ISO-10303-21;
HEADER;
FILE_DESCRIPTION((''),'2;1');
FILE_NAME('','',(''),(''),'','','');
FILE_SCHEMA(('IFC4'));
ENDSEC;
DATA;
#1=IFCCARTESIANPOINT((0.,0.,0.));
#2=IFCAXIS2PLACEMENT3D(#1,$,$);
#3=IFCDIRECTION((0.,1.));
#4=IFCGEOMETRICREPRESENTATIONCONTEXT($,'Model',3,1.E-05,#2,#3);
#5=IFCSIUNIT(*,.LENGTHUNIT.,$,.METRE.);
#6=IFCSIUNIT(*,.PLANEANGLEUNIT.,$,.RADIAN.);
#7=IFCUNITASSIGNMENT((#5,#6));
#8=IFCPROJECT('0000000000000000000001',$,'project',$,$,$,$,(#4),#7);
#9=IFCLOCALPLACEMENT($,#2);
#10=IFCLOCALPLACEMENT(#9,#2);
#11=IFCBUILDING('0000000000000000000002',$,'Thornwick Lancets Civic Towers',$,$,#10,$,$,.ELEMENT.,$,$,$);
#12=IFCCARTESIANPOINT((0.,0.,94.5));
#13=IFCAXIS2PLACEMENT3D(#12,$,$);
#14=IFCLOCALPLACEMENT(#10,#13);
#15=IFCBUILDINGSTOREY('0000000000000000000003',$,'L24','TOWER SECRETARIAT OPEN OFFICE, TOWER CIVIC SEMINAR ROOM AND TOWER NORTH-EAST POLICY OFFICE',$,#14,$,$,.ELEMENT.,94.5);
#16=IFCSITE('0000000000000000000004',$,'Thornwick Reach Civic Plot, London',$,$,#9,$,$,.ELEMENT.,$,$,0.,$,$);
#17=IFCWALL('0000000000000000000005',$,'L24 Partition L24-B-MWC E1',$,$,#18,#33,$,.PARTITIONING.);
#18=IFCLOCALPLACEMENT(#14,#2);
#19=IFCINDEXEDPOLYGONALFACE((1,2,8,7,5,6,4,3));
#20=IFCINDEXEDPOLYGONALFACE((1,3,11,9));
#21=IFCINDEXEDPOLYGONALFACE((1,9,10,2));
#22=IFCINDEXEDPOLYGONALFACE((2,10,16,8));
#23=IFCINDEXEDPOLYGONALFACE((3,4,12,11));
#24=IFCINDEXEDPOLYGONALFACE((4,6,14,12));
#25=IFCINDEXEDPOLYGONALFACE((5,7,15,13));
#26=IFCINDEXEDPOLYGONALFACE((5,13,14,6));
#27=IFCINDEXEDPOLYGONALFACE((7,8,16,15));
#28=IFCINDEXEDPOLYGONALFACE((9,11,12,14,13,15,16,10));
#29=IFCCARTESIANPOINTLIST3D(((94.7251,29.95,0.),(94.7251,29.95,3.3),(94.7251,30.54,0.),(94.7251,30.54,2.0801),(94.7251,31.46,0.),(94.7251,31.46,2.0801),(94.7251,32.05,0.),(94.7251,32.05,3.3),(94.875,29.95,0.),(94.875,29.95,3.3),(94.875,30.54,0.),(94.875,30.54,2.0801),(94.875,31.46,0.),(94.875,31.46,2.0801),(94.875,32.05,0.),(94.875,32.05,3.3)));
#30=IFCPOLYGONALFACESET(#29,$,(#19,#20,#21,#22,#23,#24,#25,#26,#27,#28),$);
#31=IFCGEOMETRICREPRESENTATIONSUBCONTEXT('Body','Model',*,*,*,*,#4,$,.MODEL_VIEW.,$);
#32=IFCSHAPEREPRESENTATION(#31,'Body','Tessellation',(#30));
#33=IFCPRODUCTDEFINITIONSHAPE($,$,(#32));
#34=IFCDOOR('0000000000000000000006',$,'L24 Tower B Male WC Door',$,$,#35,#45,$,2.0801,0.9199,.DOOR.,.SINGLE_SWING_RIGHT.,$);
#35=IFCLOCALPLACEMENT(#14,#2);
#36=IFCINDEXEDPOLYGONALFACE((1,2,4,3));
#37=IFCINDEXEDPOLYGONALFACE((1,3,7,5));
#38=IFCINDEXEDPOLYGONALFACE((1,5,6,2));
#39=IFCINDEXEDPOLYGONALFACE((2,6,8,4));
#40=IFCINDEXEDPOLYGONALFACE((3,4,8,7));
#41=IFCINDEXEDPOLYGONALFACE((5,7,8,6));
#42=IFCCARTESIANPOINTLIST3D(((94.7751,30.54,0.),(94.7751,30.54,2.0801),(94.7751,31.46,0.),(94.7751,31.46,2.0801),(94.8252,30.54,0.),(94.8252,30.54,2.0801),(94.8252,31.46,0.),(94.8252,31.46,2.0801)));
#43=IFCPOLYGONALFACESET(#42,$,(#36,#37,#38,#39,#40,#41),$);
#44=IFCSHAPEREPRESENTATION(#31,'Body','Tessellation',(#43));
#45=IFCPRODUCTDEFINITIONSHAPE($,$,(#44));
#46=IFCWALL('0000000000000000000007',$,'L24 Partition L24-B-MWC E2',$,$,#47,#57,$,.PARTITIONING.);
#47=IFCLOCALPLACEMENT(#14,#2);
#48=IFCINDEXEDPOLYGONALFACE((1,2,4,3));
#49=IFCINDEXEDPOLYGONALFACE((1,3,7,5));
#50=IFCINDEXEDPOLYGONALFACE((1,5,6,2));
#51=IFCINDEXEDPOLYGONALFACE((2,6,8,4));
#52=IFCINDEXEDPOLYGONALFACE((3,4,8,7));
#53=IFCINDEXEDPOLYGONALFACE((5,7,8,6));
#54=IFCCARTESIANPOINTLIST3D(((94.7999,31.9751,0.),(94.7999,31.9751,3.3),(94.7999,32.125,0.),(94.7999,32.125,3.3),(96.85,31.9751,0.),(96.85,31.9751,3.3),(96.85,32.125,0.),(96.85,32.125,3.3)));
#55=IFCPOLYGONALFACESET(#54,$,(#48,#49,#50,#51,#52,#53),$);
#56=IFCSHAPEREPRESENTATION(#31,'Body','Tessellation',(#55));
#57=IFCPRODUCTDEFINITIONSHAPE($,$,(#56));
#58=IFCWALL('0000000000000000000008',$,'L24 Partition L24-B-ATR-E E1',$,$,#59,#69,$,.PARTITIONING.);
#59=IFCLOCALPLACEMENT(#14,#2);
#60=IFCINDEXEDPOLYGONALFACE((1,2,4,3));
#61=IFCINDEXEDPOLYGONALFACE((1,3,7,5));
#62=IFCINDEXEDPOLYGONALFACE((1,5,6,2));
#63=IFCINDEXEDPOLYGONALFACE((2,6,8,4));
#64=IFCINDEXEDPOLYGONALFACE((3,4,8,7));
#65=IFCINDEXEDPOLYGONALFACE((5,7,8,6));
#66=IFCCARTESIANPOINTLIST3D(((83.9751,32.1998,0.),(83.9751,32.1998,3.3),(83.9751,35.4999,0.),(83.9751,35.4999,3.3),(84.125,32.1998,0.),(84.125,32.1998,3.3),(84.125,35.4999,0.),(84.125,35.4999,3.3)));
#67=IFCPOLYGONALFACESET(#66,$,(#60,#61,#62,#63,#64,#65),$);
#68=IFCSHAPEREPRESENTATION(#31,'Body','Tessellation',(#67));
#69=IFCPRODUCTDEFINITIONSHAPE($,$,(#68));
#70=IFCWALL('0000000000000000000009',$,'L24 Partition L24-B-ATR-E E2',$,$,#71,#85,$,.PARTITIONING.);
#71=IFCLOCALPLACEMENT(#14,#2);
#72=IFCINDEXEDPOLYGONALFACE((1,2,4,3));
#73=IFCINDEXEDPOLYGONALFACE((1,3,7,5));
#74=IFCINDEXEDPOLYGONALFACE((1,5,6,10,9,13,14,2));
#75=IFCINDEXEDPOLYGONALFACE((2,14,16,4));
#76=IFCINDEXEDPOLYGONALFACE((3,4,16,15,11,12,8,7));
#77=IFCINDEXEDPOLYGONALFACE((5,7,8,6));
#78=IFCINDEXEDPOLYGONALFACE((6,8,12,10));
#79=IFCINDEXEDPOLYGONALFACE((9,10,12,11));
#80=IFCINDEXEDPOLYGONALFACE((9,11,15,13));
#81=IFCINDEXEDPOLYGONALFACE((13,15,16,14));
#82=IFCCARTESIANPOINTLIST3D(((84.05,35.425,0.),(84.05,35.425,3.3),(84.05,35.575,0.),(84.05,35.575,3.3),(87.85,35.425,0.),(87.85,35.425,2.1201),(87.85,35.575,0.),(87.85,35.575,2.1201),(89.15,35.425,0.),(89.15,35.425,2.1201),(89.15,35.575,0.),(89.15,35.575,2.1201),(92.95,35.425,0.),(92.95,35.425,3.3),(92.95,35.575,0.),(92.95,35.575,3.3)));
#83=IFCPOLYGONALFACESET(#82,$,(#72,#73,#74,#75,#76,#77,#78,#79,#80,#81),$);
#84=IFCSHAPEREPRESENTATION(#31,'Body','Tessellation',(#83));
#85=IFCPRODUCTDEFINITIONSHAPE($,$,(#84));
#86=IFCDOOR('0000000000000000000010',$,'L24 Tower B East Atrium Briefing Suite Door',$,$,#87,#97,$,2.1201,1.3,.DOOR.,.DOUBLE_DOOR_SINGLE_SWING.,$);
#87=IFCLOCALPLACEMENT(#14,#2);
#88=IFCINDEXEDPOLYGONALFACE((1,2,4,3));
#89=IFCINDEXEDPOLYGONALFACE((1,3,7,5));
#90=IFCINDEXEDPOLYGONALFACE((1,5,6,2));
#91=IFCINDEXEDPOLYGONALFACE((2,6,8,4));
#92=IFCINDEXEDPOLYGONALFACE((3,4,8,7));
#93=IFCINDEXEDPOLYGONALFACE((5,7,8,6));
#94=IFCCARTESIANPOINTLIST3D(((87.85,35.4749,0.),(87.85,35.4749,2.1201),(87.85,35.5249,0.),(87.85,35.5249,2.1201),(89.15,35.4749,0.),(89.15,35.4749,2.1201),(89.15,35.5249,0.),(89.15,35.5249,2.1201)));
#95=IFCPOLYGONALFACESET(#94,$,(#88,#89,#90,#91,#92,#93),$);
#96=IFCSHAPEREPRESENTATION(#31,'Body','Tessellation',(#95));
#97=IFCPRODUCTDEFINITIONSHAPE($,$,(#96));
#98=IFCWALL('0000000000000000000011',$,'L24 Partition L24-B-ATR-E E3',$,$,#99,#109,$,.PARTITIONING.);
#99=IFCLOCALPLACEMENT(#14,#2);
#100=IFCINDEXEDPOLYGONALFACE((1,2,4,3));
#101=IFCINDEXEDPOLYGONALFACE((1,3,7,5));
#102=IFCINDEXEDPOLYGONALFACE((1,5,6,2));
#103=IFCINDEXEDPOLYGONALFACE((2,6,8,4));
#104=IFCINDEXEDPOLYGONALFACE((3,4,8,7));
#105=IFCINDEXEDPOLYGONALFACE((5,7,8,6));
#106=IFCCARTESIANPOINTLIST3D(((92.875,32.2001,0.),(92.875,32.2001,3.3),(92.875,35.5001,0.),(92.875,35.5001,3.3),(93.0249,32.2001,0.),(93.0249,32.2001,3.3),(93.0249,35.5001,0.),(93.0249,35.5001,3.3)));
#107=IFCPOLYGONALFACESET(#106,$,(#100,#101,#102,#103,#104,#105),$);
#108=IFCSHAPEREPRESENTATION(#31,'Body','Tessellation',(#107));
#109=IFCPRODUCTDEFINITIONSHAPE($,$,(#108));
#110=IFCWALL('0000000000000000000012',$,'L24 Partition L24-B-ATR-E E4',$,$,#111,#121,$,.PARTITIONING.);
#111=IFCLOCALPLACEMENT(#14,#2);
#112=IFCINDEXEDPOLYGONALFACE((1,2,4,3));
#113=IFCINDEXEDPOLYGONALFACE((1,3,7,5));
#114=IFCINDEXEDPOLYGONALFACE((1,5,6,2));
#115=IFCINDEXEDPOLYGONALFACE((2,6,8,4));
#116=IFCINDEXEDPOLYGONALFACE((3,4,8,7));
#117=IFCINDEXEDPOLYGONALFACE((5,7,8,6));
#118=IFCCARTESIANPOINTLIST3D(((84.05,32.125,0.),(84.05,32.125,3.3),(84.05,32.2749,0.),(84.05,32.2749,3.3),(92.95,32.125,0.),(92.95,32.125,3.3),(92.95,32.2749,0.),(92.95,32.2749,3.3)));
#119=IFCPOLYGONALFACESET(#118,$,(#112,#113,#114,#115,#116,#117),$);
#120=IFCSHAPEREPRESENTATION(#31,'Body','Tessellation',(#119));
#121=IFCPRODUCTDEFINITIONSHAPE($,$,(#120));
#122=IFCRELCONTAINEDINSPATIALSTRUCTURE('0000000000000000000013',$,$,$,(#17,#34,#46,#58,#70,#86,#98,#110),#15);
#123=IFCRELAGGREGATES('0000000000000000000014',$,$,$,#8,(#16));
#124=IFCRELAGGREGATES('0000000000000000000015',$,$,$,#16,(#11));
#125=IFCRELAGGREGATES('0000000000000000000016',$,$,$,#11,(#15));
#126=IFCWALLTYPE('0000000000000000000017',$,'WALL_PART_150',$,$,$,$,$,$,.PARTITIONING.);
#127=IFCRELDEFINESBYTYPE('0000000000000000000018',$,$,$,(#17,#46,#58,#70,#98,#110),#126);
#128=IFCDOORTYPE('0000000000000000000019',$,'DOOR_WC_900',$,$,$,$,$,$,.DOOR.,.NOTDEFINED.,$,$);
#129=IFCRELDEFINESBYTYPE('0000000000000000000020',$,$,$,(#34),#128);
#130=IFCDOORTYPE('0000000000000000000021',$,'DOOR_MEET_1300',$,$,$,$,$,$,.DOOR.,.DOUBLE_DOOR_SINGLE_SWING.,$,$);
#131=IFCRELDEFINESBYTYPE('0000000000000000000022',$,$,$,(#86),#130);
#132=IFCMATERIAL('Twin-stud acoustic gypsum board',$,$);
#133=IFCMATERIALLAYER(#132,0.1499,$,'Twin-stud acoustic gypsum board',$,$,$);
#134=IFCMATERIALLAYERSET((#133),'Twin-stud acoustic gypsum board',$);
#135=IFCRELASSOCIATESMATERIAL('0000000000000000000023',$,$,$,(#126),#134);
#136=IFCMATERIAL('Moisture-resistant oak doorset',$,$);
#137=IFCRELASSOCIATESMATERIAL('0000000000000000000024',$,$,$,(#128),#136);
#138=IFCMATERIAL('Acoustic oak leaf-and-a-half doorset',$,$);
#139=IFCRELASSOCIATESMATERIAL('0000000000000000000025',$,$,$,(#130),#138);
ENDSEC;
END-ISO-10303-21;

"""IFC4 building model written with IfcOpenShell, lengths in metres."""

from ifc_helpers import new_model, si_unit, direction, frame, frame_2d, origin, place, context, subcontext, project, spatial, rectangle, extrude, material, layer, layer_set, type_object, element, fill, save


model = new_model("IFC4")

# Units and contexts
model_context = context("Model", 3, precision=1e-05, world=origin(), true_north=direction((0.0, 1.0)))
body_context = subcontext(model_context, "Body", "Model", "MODEL_VIEW")
ifc_project = project(units=[si_unit("LENGTHUNIT", "METRE"), si_unit("PLANEANGLEUNIT", "RADIAN")], contexts=[model_context])

# Site, building, storey
site_placement = place(None, origin())
site = spatial("IfcSite", under=ifc_project, at=site_placement, Name="Thornwick Reach Civic Plot, London", CompositionType="ELEMENT", RefElevation=0.0)
building_placement = place(site_placement, origin())
building = spatial("IfcBuilding", under=site, at=building_placement, Name="Thornwick Lancets Civic Towers", CompositionType="ELEMENT")
storey_placement = place(building_placement, frame((0.0, 0.0, 94.5)))
storey = spatial("IfcBuildingStorey", under=building, at=storey_placement, Name="L24", Description="TOWER SECRETARIAT OPEN OFFICE, TOWER CIVIC SEMINAR ROOM AND TOWER NORTH-EAST POLICY OFFICE", CompositionType="ELEMENT", Elevation=94.5)

# Wall, opening, door
ifc_material_1 = material(Name="Twin-stud acoustic gypsum board")
ifc_layer_1 = layer(ifc_material_1, 0.1499, Name="Twin-stud acoustic gypsum board")
ifc_layer_set_1 = layer_set([ifc_layer_1], Name="Twin-stud acoustic gypsum board")
wall_type_1 = type_object("IfcWallType", Name="WALL_PART_150", PredefinedType="PARTITIONING", material=ifc_layer_set_1)
wall_1_placement = place(storey_placement, frame((94.8, 29.95, 0.0), z_axis=(0.0, 0.0, 1.0), x_axis=(0.0, 1.0, 0.0)))
wall_1 = element("IfcWall", 1, at=wall_1_placement, inside=storey, type_object=wall_type_1, Name="L24 Partition L24-B-MWC E1", PredefinedType="PARTITIONING", context=body_context, shape_type="SweptSolid", body=[
    extrude(rectangle(XDim=2.1001, YDim=0.1499, at=frame_2d((1.05, 0.0))), origin(), (0.0, 0.0, 1.0), 3.3),
])
opening_1_placement = place(wall_1_placement, frame((0.5901, 0.0, 0.0)))
opening_1 = element("IfcOpeningElement", 2, at=opening_1_placement, cuts=wall_1, PredefinedType="OPENING", context=body_context, shape_type="SweptSolid", body=[
    extrude(rectangle(XDim=0.9199, YDim=2.0801, at=frame_2d((0.46, 1.04))), frame((0.0, 0.085, 0.0), z_axis=(0.0, -1.0, 0.0), x_axis=(1.0, 0.0, 0.0)), (0.0, 0.0, 1.0), 0.1699),
])
ifc_material_2 = material(Name="Moisture-resistant oak doorset")
door_type_1 = type_object("IfcDoorType", Name="DOOR_WC_900", OperationType="NOTDEFINED", PredefinedType="DOOR", material=ifc_material_2)
door_1_placement = place(opening_1_placement, origin())
door_1 = element("IfcDoor", 3, at=door_1_placement, inside=storey, type_object=door_type_1, Name="L24 Tower B Male WC Door", OperationType="SINGLE_SWING_RIGHT", OverallHeight=2.0801, OverallWidth=0.9199, PredefinedType="DOOR", context=body_context, shape_type="SweptSolid", body=[
    extrude(rectangle(XDim=0.9199, YDim=2.0801, at=frame_2d((0.46, 1.04))), frame((0.0, 0.0249, 0.0), z_axis=(0.0, -1.0, 0.0), x_axis=(1.0, 0.0, 0.0)), (0.0, 0.0, 1.0), 0.05),
])
fill(opening_1, door_1)

# Walls
wall_2_placement = place(storey_placement, frame((94.8, 32.05, 0.0), z_axis=(0.0, 0.0, 1.0), x_axis=(1.0, 0.0, 0.0)))
element("IfcWall", 4, at=wall_2_placement, inside=storey, type_object=wall_type_1, Name="L24 Partition L24-B-MWC E2", PredefinedType="PARTITIONING", context=body_context, shape_type="SweptSolid", body=[
    extrude(rectangle(XDim=2.05, YDim=0.1499, at=frame_2d((1.0249, 0.0))), origin(), (0.0, 0.0, 1.0), 3.3),
])
wall_3_placement = place(storey_placement, frame((84.05, 32.2, 0.0), z_axis=(0.0, 0.0, 1.0), x_axis=(0.0, 1.0, 0.0)))
element("IfcWall", 5, at=wall_3_placement, inside=storey, type_object=wall_type_1, Name="L24 Partition L24-B-ATR-E E1", PredefinedType="PARTITIONING", context=body_context, shape_type="SweptSolid", body=[
    extrude(rectangle(XDim=3.3, YDim=0.1499, at=frame_2d((1.6499, 0.0))), origin(), (0.0, 0.0, 1.0), 3.3),
])

# Wall, opening, door
wall_4_placement = place(storey_placement, frame((84.05, 35.5, 0.0), z_axis=(0.0, 0.0, 1.0), x_axis=(1.0, 0.0, 0.0)))
wall_4 = element("IfcWall", 6, at=wall_4_placement, inside=storey, type_object=wall_type_1, Name="L24 Partition L24-B-ATR-E E2", PredefinedType="PARTITIONING", context=body_context, shape_type="SweptSolid", body=[
    extrude(rectangle(XDim=8.8999, YDim=0.1499, at=frame_2d((4.45, 0.0))), origin(), (0.0, 0.0, 1.0), 3.3),
])
opening_2_placement = place(wall_4_placement, frame((3.8, 0.0, 0.0)))
opening_2 = element("IfcOpeningElement", 7, at=opening_2_placement, cuts=wall_4, PredefinedType="OPENING", context=body_context, shape_type="SweptSolid", body=[
    extrude(rectangle(XDim=1.3, YDim=2.1201, at=frame_2d((0.6499, 1.0601))), frame((0.0, 0.085, 0.0), z_axis=(0.0, -1.0, 0.0), x_axis=(1.0, 0.0, 0.0)), (0.0, 0.0, 1.0), 0.1699),
])
ifc_material_3 = material(Name="Acoustic oak leaf-and-a-half doorset")
door_type_2 = type_object("IfcDoorType", Name="DOOR_MEET_1300", OperationType="DOUBLE_DOOR_SINGLE_SWING", PredefinedType="DOOR", material=ifc_material_3)
door_2_placement = place(opening_2_placement, origin())
door_2 = element("IfcDoor", 8, at=door_2_placement, inside=storey, type_object=door_type_2, Name="L24 Tower B East Atrium Briefing Suite Door", OperationType="DOUBLE_DOOR_SINGLE_SWING", OverallHeight=2.1201, OverallWidth=1.3, PredefinedType="DOOR", context=body_context, shape_type="SweptSolid", body=[
    extrude(rectangle(XDim=1.3, YDim=2.1201, at=frame_2d((0.6499, 1.0601))), frame((0.0, 0.0249, 0.0), z_axis=(0.0, -1.0, 0.0), x_axis=(1.0, 0.0, 0.0)), (0.0, 0.0, 1.0), 0.05),
])
fill(opening_2, door_2)

# Walls
wall_5_placement = place(storey_placement, frame((92.95, 35.5, 0.0), z_axis=(0.0, 0.0, 1.0), x_axis=(0.0, -1.0, 0.0)))
element("IfcWall", 9, at=wall_5_placement, inside=storey, type_object=wall_type_1, Name="L24 Partition L24-B-ATR-E E3", PredefinedType="PARTITIONING", context=body_context, shape_type="SweptSolid", body=[
    extrude(rectangle(XDim=3.3, YDim=0.1499, at=frame_2d((1.6499, 0.0))), origin(), (0.0, 0.0, 1.0), 3.3),
])
wall_6_placement = place(storey_placement, frame((92.95, 32.2, 0.0), z_axis=(0.0, 0.0, 1.0), x_axis=(-1.0, 0.0, 0.0)))
element("IfcWall", 10, at=wall_6_placement, inside=storey, type_object=wall_type_1, Name="L24 Partition L24-B-ATR-E E4", PredefinedType="PARTITIONING", context=body_context, shape_type="SweptSolid", body=[
    extrude(rectangle(XDim=8.8999, YDim=0.1499, at=frame_2d((4.45, 0.0))), origin(), (0.0, 0.0, 1.0), 3.3),
])

save(model, "model.ifc")
